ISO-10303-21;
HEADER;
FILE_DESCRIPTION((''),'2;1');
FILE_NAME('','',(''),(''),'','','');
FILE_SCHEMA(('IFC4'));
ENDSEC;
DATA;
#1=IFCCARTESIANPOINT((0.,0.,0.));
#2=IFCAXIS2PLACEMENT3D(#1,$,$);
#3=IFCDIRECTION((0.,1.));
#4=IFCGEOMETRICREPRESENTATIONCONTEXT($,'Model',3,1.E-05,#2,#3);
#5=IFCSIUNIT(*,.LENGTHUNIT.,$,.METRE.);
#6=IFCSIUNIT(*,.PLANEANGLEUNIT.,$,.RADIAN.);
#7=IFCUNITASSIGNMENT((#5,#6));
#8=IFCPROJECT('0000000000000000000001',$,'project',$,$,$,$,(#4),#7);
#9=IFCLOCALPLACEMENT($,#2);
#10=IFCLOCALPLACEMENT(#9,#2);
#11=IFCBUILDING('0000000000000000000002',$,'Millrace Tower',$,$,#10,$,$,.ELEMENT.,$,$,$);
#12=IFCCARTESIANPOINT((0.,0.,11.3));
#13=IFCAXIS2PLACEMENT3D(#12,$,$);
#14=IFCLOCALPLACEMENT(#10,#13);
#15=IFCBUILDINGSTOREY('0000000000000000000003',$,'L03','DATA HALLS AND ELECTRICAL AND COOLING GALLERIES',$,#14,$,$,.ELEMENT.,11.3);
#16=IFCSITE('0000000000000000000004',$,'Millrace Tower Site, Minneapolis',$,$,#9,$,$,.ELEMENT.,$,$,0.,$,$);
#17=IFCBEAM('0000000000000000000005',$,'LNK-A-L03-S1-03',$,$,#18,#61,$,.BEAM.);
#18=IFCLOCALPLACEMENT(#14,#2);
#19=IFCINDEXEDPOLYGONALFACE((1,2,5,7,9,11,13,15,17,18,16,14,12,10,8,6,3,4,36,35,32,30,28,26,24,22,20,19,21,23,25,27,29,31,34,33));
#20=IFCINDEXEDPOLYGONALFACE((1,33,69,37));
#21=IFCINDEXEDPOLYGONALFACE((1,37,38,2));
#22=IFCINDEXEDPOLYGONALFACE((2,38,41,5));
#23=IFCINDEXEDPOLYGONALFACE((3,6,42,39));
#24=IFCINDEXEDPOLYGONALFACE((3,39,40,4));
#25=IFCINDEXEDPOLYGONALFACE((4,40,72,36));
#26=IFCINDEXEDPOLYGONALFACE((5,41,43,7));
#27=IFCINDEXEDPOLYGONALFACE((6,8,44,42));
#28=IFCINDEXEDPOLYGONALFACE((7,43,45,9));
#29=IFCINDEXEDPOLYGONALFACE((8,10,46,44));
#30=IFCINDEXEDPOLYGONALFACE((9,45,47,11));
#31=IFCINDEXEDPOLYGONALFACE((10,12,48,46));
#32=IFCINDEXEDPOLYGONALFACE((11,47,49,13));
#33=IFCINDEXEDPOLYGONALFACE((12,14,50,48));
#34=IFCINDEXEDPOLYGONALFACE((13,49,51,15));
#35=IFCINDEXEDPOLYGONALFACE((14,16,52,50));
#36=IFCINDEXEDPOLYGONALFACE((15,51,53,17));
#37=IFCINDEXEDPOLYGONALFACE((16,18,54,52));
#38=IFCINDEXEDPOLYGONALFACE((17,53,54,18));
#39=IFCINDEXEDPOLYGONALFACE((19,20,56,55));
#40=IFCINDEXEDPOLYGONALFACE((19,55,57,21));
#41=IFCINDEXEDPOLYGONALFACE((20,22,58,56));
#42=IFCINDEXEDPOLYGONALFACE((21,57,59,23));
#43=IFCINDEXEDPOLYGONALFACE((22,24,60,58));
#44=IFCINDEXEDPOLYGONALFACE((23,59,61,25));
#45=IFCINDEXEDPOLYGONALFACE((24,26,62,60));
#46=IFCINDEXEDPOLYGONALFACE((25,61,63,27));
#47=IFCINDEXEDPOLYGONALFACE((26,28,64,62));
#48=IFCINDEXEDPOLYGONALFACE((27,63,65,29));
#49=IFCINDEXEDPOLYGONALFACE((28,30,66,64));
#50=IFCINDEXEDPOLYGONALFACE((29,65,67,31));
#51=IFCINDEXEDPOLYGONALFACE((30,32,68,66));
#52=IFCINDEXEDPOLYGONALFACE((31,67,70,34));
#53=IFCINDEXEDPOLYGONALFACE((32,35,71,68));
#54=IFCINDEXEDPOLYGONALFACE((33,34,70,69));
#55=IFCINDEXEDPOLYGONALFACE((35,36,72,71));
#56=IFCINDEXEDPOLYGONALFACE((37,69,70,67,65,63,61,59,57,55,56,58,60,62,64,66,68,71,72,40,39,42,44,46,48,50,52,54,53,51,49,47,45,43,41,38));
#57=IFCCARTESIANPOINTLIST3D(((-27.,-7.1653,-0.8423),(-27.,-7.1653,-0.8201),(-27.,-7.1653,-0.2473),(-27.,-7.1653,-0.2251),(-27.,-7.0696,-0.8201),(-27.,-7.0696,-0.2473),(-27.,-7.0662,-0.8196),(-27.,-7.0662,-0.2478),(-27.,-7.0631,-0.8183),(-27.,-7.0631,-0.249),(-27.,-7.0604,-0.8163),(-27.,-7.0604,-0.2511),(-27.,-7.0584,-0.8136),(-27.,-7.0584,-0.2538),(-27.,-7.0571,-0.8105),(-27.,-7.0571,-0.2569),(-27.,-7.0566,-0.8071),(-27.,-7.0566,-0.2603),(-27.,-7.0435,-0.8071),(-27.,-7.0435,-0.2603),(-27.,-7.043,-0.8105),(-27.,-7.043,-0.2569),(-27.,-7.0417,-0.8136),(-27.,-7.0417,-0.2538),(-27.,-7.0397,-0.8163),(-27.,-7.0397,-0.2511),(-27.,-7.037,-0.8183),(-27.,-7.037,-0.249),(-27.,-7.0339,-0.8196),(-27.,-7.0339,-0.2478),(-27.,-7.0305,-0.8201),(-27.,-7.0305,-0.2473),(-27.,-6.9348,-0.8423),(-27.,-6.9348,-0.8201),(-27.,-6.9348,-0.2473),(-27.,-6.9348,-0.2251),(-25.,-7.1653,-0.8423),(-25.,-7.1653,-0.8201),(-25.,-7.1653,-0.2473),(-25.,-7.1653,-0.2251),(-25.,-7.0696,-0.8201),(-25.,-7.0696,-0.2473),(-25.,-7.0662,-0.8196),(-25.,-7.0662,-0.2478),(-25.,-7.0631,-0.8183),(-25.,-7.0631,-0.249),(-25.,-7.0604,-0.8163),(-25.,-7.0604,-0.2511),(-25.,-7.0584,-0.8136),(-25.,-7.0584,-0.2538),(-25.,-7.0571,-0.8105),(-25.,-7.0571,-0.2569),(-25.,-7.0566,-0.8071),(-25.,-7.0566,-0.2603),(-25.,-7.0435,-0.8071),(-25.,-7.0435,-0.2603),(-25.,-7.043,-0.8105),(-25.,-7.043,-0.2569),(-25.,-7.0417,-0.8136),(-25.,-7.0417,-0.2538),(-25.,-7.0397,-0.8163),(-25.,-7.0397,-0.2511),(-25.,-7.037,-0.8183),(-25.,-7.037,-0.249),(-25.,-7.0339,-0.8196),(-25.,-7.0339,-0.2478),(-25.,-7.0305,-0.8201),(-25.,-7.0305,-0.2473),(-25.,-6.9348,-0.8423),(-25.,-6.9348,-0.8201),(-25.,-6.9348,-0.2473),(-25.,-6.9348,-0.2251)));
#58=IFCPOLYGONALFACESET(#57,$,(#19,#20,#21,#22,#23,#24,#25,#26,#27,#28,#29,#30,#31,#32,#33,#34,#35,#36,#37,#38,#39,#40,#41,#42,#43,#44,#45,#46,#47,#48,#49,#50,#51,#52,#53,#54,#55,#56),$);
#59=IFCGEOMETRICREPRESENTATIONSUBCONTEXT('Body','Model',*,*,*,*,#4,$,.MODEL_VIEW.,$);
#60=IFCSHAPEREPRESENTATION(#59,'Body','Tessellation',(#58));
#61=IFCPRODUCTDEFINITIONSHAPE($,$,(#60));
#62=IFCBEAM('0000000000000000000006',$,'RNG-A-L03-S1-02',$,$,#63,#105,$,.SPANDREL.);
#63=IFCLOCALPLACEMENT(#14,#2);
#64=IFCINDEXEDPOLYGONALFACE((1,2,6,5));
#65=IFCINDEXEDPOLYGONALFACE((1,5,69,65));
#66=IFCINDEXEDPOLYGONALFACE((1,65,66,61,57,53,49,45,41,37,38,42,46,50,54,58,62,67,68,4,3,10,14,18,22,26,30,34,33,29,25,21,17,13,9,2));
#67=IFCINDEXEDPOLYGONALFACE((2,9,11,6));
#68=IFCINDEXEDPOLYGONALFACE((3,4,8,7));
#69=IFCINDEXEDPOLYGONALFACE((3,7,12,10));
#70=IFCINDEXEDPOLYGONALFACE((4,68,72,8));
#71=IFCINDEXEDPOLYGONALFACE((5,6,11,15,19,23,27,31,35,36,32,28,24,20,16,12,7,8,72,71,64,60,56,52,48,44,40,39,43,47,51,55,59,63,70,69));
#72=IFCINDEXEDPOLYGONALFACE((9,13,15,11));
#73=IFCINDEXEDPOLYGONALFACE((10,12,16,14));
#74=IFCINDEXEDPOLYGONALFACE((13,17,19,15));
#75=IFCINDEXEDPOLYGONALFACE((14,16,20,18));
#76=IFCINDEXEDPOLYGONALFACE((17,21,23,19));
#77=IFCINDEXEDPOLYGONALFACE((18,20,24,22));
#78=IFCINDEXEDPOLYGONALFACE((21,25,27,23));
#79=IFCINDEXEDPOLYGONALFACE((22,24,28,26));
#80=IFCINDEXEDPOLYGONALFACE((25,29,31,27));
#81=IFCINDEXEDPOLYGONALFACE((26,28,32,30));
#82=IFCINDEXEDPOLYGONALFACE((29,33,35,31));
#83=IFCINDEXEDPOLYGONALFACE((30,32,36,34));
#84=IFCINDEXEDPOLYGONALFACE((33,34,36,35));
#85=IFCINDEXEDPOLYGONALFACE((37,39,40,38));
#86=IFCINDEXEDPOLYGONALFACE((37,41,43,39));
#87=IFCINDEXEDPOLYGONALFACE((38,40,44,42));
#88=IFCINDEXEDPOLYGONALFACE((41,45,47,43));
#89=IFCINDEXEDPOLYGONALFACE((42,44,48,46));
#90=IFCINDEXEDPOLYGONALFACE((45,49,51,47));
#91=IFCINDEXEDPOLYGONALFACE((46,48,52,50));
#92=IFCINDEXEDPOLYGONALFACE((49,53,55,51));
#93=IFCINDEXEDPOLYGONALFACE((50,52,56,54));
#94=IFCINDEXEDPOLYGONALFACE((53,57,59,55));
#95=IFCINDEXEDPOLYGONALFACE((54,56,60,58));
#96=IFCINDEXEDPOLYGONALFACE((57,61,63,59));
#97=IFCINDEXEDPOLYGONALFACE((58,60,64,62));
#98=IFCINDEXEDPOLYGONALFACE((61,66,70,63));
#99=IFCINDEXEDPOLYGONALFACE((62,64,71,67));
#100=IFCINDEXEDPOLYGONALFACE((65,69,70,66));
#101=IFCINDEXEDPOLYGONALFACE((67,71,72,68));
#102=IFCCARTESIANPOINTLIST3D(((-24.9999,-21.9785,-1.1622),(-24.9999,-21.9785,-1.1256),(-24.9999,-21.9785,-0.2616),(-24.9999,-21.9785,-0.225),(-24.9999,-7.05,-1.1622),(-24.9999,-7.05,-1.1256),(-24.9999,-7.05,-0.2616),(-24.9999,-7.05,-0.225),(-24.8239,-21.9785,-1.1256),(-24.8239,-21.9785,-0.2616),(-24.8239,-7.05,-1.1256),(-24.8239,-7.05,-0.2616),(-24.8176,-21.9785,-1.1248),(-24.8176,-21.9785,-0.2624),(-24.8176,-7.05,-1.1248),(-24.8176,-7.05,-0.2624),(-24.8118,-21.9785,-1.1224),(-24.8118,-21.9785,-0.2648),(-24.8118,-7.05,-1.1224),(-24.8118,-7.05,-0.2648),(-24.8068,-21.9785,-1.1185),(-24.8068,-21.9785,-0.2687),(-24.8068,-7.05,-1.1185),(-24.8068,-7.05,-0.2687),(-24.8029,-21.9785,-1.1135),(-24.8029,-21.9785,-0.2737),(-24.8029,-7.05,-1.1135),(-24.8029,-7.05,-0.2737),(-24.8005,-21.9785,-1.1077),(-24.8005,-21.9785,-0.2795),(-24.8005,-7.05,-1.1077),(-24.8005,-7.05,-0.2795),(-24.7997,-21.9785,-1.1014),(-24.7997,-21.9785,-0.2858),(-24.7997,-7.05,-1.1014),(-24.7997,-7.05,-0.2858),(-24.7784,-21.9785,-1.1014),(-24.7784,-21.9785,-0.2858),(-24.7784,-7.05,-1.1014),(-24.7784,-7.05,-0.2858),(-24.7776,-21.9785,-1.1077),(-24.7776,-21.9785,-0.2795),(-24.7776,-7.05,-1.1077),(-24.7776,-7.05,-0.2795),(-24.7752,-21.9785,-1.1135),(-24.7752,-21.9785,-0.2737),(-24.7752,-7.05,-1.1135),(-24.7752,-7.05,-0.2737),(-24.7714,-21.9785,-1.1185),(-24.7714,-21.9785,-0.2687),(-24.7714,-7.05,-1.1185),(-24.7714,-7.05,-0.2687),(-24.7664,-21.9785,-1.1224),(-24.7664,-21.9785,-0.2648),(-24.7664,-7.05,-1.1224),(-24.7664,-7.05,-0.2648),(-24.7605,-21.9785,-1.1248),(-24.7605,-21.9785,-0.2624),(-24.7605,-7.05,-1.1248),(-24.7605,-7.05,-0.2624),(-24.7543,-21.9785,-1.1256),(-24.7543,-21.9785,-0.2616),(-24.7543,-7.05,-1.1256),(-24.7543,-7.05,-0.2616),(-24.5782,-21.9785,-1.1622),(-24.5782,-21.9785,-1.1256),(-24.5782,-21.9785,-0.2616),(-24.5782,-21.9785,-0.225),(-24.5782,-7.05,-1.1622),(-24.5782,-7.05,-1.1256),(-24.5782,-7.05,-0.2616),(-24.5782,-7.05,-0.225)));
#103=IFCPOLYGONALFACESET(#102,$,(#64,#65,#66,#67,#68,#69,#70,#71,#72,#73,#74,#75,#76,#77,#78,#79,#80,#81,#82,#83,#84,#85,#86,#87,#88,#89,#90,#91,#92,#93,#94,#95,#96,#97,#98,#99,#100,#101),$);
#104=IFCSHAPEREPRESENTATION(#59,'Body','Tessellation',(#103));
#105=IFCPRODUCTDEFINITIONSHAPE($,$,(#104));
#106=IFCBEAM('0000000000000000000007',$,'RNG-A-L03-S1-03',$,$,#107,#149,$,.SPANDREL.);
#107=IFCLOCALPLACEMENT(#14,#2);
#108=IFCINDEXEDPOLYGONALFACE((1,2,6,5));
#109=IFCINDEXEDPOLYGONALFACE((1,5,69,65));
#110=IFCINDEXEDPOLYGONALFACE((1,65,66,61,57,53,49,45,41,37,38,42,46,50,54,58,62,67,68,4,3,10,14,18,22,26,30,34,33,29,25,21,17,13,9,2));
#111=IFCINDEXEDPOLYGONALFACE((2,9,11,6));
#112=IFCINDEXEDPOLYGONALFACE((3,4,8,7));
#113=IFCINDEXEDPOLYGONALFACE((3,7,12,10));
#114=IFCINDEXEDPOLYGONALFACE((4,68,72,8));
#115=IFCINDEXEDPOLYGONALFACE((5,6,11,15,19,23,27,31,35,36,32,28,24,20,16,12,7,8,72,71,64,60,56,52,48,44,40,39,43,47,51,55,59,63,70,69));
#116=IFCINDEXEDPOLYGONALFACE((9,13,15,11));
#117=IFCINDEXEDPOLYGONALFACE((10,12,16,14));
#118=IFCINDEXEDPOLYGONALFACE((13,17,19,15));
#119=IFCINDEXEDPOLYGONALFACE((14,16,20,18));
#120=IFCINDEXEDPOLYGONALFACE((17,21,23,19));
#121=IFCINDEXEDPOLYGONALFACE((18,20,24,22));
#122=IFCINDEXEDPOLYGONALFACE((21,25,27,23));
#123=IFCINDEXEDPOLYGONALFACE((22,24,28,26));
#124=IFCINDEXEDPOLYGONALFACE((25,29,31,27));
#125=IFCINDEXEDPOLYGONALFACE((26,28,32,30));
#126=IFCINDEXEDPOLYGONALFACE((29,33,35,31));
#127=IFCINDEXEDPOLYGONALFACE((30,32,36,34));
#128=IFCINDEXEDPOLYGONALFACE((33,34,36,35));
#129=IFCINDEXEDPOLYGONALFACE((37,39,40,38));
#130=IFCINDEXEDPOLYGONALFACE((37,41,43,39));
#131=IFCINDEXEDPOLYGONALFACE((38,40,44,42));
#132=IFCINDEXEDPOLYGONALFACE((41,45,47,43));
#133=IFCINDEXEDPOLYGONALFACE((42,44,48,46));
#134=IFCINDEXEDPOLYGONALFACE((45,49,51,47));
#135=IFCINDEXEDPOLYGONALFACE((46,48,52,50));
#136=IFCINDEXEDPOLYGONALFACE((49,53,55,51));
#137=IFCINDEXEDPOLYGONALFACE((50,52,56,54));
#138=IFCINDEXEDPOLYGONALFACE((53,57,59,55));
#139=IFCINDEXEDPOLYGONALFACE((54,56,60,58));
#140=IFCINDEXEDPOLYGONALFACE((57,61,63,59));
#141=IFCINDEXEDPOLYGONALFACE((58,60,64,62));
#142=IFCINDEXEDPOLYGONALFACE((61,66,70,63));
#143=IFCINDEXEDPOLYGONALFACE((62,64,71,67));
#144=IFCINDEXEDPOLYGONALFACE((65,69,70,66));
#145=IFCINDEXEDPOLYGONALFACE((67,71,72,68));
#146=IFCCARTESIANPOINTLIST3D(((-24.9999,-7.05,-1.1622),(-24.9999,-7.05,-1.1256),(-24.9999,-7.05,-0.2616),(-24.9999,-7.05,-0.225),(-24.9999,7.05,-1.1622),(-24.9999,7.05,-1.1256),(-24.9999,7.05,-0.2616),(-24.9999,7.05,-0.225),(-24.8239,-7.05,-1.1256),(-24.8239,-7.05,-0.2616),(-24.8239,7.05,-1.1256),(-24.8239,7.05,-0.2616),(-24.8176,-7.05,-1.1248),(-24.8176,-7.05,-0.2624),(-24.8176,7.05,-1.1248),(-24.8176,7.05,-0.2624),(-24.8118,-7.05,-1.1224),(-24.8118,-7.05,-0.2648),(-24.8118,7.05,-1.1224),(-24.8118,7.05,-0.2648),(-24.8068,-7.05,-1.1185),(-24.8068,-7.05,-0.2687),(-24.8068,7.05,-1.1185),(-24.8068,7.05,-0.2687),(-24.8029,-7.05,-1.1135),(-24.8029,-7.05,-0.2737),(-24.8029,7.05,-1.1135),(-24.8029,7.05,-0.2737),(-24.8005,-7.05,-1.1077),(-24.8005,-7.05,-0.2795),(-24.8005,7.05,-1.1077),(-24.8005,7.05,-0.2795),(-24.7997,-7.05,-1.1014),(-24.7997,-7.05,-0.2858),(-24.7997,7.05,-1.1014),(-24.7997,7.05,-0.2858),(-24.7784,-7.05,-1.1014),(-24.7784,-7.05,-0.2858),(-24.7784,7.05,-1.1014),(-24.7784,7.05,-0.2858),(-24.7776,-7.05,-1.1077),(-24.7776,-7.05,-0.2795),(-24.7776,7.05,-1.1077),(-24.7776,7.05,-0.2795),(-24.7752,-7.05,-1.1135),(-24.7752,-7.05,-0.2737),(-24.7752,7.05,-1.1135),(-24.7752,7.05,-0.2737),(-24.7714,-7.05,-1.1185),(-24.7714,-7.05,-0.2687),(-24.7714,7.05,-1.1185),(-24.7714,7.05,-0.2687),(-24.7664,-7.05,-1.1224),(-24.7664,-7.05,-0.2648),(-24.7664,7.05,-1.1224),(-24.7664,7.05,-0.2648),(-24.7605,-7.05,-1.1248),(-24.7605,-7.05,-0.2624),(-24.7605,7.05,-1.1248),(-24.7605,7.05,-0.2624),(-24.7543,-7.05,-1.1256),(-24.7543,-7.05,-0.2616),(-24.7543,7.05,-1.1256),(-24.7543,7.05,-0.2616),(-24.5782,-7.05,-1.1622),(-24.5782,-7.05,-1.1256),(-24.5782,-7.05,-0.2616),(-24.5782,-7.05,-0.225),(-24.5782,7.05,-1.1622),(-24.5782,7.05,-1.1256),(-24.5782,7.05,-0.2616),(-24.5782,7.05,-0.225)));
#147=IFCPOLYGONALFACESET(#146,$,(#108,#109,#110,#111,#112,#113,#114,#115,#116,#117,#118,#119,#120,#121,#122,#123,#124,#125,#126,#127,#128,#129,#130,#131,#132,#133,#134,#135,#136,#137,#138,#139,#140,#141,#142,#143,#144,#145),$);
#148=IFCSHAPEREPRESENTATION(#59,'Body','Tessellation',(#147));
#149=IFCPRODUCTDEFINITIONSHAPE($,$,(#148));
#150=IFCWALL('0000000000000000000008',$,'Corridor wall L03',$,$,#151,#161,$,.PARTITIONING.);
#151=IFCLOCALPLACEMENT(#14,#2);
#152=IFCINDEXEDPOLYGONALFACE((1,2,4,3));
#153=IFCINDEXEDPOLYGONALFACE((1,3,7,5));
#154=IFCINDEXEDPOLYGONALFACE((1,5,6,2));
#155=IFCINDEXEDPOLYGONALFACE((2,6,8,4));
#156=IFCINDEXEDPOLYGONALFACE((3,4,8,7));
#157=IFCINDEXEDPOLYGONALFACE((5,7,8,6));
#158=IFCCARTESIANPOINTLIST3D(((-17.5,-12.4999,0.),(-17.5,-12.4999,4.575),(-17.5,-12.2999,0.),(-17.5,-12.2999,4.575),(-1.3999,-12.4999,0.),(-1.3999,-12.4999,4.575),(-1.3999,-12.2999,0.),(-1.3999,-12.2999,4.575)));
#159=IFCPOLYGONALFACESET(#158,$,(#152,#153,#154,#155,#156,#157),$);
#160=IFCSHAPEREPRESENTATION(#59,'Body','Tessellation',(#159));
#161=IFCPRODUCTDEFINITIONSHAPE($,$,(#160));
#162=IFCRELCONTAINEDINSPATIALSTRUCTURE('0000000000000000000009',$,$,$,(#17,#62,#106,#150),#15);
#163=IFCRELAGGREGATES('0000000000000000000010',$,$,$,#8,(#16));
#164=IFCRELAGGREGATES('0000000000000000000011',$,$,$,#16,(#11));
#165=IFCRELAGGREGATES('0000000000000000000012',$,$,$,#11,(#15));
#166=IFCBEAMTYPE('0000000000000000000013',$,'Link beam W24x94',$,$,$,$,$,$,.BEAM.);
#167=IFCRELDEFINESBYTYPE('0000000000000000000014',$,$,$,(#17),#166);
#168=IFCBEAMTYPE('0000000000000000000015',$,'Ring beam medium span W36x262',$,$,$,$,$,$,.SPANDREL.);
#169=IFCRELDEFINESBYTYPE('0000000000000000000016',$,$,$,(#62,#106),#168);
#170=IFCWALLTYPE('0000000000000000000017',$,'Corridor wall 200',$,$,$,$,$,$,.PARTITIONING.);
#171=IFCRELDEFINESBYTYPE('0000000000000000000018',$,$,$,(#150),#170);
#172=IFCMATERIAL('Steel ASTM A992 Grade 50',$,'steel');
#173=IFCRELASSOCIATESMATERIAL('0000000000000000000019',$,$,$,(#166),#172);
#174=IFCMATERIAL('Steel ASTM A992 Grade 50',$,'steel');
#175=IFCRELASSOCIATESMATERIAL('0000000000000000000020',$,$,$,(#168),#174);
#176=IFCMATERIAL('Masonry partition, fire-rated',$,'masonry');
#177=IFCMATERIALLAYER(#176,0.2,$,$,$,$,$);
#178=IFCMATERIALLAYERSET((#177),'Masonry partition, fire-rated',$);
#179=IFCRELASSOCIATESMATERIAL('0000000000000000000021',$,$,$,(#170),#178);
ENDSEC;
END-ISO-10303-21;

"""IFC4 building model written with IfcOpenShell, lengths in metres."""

from ifc_helpers import new_model, si_unit, direction, frame, frame_2d, origin, origin_2d, place, context, subcontext, project, spatial, rectangle, i_section, extrude, material, layer, layer_set, material_profile, profile_set, type_object, element, save


model = new_model("IFC4")

# Units and contexts
model_context = context("Model", 3, precision=1e-05, world=origin(), true_north=direction((0.0, 1.0)))
body_context = subcontext(model_context, "Body", "Model", "MODEL_VIEW")
ifc_project = project(units=[si_unit("LENGTHUNIT", "METRE"), si_unit("PLANEANGLEUNIT", "RADIAN")], contexts=[model_context])

# Site, building, storey
site_placement = place(None, origin())
site = spatial("IfcSite", under=ifc_project, at=site_placement, Name="Millrace Tower Site, Minneapolis", CompositionType="ELEMENT", RefElevation=0.0)
building_placement = place(site_placement, origin())
building = spatial("IfcBuilding", under=site, at=building_placement, Name="Millrace Tower", CompositionType="ELEMENT")
storey_placement = place(building_placement, frame((0.0, 0.0, 11.3)))
storey = spatial("IfcBuildingStorey", under=building, at=storey_placement, Name="L03", Description="DATA HALLS AND ELECTRICAL AND COOLING GALLERIES", CompositionType="ELEMENT", Elevation=11.3)

# Beams
ifc_material_1 = material(Name="Steel ASTM A992 Grade 50", Category="steel")
ifc_material_profile_1 = material_profile(ifc_material_1, i_section(OverallWidth=0.2305, OverallDepth=0.6172, WebThickness=0.0132, FlangeThickness=0.0222, FilletRadius=0.0129, at=origin_2d()))
ifc_profile_set_1 = profile_set([ifc_material_profile_1], Name="Steel ASTM A992 Grade 50")
beam_type_1 = type_object("IfcBeamType", Name="Link beam W24x94", PredefinedType="BEAM", material=ifc_profile_set_1)
for number, where, z_axis, x_axis, name in (
    (1, (-25.0, -7.05, -0.5337), (-1.0, 0.0, 0.0), (0.0, -1.0, 0.0), "LNK-A-L03-S1-03"),
):
    element("IfcBeam", number, at=place(storey_placement, frame(where, z_axis=z_axis, x_axis=x_axis)), inside=storey, type_object=beam_type_1, Name=name, PredefinedType="BEAM", context=body_context, shape_type="SweptSolid", body=[
        extrude(i_section(OverallWidth=0.2305, OverallDepth=0.6172, WebThickness=0.0132, FlangeThickness=0.0222, FilletRadius=0.0129, at=origin_2d()), origin(), (0.0, 0.0, 1.0), 2.0),
    ])
ifc_material_2 = material(Name="Steel ASTM A992 Grade 50", Category="steel")
ifc_material_profile_2 = material_profile(ifc_material_2, i_section(OverallWidth=0.4216, OverallDepth=0.9373, WebThickness=0.0212, FlangeThickness=0.0366, FilletRadius=0.0242, at=origin_2d()))
ifc_profile_set_2 = profile_set([ifc_material_profile_2], Name="Steel ASTM A992 Grade 50")
beam_type_2 = type_object("IfcBeamType", Name="Ring beam medium span W36x262", PredefinedType="SPANDREL", material=ifc_profile_set_2)
beam_1_placement = place(storey_placement, frame((-24.7891, -21.9785, -0.6936), z_axis=(0.0, 1.0, 0.0), x_axis=(-1.0, 0.0, 0.0)))
element("IfcBeam", 2, at=beam_1_placement, inside=storey, type_object=beam_type_2, Name="RNG-A-L03-S1-02", PredefinedType="SPANDREL", context=body_context, shape_type="SweptSolid", body=[
    extrude(i_section(OverallWidth=0.4216, OverallDepth=0.9373, WebThickness=0.0212, FlangeThickness=0.0366, FilletRadius=0.0242, at=origin_2d()), origin(), (0.0, 0.0, 1.0), 14.9285),
])
beam_2_placement = place(storey_placement, frame((-24.7891, -7.05, -0.6936), z_axis=(0.0, 1.0, 0.0), x_axis=(-1.0, 0.0, 0.0)))
element("IfcBeam", 3, at=beam_2_placement, inside=storey, type_object=beam_type_2, Name="RNG-A-L03-S1-03", PredefinedType="SPANDREL", context=body_context, shape_type="SweptSolid", body=[
    extrude(i_section(OverallWidth=0.4216, OverallDepth=0.9373, WebThickness=0.0212, FlangeThickness=0.0366, FilletRadius=0.0242, at=origin_2d()), origin(), (0.0, 0.0, 1.0), 14.1001),
])

# Wall
ifc_material_3 = material(Name="Masonry partition, fire-rated", Category="masonry")
ifc_layer_1 = layer(ifc_material_3, 0.2)
ifc_layer_set_1 = layer_set([ifc_layer_1], Name="Masonry partition, fire-rated")
wall_type_1 = type_object("IfcWallType", Name="Corridor wall 200", PredefinedType="PARTITIONING", material=ifc_layer_set_1)
wall_1_placement = place(storey_placement, frame((-17.5, -12.3999, 0.0), z_axis=(0.0, 0.0, 1.0), x_axis=(1.0, 0.0, 0.0)))
element("IfcWall", 4, at=wall_1_placement, inside=storey, type_object=wall_type_1, Name="Corridor wall L03", PredefinedType="PARTITIONING", context=body_context, shape_type="SweptSolid", body=[
    extrude(rectangle(XDim=16.1001, YDim=0.2, at=frame_2d((8.05, 0.0))), origin(), (0.0, 0.0, 1.0), 4.575),
])

save(model, "model.ifc")
